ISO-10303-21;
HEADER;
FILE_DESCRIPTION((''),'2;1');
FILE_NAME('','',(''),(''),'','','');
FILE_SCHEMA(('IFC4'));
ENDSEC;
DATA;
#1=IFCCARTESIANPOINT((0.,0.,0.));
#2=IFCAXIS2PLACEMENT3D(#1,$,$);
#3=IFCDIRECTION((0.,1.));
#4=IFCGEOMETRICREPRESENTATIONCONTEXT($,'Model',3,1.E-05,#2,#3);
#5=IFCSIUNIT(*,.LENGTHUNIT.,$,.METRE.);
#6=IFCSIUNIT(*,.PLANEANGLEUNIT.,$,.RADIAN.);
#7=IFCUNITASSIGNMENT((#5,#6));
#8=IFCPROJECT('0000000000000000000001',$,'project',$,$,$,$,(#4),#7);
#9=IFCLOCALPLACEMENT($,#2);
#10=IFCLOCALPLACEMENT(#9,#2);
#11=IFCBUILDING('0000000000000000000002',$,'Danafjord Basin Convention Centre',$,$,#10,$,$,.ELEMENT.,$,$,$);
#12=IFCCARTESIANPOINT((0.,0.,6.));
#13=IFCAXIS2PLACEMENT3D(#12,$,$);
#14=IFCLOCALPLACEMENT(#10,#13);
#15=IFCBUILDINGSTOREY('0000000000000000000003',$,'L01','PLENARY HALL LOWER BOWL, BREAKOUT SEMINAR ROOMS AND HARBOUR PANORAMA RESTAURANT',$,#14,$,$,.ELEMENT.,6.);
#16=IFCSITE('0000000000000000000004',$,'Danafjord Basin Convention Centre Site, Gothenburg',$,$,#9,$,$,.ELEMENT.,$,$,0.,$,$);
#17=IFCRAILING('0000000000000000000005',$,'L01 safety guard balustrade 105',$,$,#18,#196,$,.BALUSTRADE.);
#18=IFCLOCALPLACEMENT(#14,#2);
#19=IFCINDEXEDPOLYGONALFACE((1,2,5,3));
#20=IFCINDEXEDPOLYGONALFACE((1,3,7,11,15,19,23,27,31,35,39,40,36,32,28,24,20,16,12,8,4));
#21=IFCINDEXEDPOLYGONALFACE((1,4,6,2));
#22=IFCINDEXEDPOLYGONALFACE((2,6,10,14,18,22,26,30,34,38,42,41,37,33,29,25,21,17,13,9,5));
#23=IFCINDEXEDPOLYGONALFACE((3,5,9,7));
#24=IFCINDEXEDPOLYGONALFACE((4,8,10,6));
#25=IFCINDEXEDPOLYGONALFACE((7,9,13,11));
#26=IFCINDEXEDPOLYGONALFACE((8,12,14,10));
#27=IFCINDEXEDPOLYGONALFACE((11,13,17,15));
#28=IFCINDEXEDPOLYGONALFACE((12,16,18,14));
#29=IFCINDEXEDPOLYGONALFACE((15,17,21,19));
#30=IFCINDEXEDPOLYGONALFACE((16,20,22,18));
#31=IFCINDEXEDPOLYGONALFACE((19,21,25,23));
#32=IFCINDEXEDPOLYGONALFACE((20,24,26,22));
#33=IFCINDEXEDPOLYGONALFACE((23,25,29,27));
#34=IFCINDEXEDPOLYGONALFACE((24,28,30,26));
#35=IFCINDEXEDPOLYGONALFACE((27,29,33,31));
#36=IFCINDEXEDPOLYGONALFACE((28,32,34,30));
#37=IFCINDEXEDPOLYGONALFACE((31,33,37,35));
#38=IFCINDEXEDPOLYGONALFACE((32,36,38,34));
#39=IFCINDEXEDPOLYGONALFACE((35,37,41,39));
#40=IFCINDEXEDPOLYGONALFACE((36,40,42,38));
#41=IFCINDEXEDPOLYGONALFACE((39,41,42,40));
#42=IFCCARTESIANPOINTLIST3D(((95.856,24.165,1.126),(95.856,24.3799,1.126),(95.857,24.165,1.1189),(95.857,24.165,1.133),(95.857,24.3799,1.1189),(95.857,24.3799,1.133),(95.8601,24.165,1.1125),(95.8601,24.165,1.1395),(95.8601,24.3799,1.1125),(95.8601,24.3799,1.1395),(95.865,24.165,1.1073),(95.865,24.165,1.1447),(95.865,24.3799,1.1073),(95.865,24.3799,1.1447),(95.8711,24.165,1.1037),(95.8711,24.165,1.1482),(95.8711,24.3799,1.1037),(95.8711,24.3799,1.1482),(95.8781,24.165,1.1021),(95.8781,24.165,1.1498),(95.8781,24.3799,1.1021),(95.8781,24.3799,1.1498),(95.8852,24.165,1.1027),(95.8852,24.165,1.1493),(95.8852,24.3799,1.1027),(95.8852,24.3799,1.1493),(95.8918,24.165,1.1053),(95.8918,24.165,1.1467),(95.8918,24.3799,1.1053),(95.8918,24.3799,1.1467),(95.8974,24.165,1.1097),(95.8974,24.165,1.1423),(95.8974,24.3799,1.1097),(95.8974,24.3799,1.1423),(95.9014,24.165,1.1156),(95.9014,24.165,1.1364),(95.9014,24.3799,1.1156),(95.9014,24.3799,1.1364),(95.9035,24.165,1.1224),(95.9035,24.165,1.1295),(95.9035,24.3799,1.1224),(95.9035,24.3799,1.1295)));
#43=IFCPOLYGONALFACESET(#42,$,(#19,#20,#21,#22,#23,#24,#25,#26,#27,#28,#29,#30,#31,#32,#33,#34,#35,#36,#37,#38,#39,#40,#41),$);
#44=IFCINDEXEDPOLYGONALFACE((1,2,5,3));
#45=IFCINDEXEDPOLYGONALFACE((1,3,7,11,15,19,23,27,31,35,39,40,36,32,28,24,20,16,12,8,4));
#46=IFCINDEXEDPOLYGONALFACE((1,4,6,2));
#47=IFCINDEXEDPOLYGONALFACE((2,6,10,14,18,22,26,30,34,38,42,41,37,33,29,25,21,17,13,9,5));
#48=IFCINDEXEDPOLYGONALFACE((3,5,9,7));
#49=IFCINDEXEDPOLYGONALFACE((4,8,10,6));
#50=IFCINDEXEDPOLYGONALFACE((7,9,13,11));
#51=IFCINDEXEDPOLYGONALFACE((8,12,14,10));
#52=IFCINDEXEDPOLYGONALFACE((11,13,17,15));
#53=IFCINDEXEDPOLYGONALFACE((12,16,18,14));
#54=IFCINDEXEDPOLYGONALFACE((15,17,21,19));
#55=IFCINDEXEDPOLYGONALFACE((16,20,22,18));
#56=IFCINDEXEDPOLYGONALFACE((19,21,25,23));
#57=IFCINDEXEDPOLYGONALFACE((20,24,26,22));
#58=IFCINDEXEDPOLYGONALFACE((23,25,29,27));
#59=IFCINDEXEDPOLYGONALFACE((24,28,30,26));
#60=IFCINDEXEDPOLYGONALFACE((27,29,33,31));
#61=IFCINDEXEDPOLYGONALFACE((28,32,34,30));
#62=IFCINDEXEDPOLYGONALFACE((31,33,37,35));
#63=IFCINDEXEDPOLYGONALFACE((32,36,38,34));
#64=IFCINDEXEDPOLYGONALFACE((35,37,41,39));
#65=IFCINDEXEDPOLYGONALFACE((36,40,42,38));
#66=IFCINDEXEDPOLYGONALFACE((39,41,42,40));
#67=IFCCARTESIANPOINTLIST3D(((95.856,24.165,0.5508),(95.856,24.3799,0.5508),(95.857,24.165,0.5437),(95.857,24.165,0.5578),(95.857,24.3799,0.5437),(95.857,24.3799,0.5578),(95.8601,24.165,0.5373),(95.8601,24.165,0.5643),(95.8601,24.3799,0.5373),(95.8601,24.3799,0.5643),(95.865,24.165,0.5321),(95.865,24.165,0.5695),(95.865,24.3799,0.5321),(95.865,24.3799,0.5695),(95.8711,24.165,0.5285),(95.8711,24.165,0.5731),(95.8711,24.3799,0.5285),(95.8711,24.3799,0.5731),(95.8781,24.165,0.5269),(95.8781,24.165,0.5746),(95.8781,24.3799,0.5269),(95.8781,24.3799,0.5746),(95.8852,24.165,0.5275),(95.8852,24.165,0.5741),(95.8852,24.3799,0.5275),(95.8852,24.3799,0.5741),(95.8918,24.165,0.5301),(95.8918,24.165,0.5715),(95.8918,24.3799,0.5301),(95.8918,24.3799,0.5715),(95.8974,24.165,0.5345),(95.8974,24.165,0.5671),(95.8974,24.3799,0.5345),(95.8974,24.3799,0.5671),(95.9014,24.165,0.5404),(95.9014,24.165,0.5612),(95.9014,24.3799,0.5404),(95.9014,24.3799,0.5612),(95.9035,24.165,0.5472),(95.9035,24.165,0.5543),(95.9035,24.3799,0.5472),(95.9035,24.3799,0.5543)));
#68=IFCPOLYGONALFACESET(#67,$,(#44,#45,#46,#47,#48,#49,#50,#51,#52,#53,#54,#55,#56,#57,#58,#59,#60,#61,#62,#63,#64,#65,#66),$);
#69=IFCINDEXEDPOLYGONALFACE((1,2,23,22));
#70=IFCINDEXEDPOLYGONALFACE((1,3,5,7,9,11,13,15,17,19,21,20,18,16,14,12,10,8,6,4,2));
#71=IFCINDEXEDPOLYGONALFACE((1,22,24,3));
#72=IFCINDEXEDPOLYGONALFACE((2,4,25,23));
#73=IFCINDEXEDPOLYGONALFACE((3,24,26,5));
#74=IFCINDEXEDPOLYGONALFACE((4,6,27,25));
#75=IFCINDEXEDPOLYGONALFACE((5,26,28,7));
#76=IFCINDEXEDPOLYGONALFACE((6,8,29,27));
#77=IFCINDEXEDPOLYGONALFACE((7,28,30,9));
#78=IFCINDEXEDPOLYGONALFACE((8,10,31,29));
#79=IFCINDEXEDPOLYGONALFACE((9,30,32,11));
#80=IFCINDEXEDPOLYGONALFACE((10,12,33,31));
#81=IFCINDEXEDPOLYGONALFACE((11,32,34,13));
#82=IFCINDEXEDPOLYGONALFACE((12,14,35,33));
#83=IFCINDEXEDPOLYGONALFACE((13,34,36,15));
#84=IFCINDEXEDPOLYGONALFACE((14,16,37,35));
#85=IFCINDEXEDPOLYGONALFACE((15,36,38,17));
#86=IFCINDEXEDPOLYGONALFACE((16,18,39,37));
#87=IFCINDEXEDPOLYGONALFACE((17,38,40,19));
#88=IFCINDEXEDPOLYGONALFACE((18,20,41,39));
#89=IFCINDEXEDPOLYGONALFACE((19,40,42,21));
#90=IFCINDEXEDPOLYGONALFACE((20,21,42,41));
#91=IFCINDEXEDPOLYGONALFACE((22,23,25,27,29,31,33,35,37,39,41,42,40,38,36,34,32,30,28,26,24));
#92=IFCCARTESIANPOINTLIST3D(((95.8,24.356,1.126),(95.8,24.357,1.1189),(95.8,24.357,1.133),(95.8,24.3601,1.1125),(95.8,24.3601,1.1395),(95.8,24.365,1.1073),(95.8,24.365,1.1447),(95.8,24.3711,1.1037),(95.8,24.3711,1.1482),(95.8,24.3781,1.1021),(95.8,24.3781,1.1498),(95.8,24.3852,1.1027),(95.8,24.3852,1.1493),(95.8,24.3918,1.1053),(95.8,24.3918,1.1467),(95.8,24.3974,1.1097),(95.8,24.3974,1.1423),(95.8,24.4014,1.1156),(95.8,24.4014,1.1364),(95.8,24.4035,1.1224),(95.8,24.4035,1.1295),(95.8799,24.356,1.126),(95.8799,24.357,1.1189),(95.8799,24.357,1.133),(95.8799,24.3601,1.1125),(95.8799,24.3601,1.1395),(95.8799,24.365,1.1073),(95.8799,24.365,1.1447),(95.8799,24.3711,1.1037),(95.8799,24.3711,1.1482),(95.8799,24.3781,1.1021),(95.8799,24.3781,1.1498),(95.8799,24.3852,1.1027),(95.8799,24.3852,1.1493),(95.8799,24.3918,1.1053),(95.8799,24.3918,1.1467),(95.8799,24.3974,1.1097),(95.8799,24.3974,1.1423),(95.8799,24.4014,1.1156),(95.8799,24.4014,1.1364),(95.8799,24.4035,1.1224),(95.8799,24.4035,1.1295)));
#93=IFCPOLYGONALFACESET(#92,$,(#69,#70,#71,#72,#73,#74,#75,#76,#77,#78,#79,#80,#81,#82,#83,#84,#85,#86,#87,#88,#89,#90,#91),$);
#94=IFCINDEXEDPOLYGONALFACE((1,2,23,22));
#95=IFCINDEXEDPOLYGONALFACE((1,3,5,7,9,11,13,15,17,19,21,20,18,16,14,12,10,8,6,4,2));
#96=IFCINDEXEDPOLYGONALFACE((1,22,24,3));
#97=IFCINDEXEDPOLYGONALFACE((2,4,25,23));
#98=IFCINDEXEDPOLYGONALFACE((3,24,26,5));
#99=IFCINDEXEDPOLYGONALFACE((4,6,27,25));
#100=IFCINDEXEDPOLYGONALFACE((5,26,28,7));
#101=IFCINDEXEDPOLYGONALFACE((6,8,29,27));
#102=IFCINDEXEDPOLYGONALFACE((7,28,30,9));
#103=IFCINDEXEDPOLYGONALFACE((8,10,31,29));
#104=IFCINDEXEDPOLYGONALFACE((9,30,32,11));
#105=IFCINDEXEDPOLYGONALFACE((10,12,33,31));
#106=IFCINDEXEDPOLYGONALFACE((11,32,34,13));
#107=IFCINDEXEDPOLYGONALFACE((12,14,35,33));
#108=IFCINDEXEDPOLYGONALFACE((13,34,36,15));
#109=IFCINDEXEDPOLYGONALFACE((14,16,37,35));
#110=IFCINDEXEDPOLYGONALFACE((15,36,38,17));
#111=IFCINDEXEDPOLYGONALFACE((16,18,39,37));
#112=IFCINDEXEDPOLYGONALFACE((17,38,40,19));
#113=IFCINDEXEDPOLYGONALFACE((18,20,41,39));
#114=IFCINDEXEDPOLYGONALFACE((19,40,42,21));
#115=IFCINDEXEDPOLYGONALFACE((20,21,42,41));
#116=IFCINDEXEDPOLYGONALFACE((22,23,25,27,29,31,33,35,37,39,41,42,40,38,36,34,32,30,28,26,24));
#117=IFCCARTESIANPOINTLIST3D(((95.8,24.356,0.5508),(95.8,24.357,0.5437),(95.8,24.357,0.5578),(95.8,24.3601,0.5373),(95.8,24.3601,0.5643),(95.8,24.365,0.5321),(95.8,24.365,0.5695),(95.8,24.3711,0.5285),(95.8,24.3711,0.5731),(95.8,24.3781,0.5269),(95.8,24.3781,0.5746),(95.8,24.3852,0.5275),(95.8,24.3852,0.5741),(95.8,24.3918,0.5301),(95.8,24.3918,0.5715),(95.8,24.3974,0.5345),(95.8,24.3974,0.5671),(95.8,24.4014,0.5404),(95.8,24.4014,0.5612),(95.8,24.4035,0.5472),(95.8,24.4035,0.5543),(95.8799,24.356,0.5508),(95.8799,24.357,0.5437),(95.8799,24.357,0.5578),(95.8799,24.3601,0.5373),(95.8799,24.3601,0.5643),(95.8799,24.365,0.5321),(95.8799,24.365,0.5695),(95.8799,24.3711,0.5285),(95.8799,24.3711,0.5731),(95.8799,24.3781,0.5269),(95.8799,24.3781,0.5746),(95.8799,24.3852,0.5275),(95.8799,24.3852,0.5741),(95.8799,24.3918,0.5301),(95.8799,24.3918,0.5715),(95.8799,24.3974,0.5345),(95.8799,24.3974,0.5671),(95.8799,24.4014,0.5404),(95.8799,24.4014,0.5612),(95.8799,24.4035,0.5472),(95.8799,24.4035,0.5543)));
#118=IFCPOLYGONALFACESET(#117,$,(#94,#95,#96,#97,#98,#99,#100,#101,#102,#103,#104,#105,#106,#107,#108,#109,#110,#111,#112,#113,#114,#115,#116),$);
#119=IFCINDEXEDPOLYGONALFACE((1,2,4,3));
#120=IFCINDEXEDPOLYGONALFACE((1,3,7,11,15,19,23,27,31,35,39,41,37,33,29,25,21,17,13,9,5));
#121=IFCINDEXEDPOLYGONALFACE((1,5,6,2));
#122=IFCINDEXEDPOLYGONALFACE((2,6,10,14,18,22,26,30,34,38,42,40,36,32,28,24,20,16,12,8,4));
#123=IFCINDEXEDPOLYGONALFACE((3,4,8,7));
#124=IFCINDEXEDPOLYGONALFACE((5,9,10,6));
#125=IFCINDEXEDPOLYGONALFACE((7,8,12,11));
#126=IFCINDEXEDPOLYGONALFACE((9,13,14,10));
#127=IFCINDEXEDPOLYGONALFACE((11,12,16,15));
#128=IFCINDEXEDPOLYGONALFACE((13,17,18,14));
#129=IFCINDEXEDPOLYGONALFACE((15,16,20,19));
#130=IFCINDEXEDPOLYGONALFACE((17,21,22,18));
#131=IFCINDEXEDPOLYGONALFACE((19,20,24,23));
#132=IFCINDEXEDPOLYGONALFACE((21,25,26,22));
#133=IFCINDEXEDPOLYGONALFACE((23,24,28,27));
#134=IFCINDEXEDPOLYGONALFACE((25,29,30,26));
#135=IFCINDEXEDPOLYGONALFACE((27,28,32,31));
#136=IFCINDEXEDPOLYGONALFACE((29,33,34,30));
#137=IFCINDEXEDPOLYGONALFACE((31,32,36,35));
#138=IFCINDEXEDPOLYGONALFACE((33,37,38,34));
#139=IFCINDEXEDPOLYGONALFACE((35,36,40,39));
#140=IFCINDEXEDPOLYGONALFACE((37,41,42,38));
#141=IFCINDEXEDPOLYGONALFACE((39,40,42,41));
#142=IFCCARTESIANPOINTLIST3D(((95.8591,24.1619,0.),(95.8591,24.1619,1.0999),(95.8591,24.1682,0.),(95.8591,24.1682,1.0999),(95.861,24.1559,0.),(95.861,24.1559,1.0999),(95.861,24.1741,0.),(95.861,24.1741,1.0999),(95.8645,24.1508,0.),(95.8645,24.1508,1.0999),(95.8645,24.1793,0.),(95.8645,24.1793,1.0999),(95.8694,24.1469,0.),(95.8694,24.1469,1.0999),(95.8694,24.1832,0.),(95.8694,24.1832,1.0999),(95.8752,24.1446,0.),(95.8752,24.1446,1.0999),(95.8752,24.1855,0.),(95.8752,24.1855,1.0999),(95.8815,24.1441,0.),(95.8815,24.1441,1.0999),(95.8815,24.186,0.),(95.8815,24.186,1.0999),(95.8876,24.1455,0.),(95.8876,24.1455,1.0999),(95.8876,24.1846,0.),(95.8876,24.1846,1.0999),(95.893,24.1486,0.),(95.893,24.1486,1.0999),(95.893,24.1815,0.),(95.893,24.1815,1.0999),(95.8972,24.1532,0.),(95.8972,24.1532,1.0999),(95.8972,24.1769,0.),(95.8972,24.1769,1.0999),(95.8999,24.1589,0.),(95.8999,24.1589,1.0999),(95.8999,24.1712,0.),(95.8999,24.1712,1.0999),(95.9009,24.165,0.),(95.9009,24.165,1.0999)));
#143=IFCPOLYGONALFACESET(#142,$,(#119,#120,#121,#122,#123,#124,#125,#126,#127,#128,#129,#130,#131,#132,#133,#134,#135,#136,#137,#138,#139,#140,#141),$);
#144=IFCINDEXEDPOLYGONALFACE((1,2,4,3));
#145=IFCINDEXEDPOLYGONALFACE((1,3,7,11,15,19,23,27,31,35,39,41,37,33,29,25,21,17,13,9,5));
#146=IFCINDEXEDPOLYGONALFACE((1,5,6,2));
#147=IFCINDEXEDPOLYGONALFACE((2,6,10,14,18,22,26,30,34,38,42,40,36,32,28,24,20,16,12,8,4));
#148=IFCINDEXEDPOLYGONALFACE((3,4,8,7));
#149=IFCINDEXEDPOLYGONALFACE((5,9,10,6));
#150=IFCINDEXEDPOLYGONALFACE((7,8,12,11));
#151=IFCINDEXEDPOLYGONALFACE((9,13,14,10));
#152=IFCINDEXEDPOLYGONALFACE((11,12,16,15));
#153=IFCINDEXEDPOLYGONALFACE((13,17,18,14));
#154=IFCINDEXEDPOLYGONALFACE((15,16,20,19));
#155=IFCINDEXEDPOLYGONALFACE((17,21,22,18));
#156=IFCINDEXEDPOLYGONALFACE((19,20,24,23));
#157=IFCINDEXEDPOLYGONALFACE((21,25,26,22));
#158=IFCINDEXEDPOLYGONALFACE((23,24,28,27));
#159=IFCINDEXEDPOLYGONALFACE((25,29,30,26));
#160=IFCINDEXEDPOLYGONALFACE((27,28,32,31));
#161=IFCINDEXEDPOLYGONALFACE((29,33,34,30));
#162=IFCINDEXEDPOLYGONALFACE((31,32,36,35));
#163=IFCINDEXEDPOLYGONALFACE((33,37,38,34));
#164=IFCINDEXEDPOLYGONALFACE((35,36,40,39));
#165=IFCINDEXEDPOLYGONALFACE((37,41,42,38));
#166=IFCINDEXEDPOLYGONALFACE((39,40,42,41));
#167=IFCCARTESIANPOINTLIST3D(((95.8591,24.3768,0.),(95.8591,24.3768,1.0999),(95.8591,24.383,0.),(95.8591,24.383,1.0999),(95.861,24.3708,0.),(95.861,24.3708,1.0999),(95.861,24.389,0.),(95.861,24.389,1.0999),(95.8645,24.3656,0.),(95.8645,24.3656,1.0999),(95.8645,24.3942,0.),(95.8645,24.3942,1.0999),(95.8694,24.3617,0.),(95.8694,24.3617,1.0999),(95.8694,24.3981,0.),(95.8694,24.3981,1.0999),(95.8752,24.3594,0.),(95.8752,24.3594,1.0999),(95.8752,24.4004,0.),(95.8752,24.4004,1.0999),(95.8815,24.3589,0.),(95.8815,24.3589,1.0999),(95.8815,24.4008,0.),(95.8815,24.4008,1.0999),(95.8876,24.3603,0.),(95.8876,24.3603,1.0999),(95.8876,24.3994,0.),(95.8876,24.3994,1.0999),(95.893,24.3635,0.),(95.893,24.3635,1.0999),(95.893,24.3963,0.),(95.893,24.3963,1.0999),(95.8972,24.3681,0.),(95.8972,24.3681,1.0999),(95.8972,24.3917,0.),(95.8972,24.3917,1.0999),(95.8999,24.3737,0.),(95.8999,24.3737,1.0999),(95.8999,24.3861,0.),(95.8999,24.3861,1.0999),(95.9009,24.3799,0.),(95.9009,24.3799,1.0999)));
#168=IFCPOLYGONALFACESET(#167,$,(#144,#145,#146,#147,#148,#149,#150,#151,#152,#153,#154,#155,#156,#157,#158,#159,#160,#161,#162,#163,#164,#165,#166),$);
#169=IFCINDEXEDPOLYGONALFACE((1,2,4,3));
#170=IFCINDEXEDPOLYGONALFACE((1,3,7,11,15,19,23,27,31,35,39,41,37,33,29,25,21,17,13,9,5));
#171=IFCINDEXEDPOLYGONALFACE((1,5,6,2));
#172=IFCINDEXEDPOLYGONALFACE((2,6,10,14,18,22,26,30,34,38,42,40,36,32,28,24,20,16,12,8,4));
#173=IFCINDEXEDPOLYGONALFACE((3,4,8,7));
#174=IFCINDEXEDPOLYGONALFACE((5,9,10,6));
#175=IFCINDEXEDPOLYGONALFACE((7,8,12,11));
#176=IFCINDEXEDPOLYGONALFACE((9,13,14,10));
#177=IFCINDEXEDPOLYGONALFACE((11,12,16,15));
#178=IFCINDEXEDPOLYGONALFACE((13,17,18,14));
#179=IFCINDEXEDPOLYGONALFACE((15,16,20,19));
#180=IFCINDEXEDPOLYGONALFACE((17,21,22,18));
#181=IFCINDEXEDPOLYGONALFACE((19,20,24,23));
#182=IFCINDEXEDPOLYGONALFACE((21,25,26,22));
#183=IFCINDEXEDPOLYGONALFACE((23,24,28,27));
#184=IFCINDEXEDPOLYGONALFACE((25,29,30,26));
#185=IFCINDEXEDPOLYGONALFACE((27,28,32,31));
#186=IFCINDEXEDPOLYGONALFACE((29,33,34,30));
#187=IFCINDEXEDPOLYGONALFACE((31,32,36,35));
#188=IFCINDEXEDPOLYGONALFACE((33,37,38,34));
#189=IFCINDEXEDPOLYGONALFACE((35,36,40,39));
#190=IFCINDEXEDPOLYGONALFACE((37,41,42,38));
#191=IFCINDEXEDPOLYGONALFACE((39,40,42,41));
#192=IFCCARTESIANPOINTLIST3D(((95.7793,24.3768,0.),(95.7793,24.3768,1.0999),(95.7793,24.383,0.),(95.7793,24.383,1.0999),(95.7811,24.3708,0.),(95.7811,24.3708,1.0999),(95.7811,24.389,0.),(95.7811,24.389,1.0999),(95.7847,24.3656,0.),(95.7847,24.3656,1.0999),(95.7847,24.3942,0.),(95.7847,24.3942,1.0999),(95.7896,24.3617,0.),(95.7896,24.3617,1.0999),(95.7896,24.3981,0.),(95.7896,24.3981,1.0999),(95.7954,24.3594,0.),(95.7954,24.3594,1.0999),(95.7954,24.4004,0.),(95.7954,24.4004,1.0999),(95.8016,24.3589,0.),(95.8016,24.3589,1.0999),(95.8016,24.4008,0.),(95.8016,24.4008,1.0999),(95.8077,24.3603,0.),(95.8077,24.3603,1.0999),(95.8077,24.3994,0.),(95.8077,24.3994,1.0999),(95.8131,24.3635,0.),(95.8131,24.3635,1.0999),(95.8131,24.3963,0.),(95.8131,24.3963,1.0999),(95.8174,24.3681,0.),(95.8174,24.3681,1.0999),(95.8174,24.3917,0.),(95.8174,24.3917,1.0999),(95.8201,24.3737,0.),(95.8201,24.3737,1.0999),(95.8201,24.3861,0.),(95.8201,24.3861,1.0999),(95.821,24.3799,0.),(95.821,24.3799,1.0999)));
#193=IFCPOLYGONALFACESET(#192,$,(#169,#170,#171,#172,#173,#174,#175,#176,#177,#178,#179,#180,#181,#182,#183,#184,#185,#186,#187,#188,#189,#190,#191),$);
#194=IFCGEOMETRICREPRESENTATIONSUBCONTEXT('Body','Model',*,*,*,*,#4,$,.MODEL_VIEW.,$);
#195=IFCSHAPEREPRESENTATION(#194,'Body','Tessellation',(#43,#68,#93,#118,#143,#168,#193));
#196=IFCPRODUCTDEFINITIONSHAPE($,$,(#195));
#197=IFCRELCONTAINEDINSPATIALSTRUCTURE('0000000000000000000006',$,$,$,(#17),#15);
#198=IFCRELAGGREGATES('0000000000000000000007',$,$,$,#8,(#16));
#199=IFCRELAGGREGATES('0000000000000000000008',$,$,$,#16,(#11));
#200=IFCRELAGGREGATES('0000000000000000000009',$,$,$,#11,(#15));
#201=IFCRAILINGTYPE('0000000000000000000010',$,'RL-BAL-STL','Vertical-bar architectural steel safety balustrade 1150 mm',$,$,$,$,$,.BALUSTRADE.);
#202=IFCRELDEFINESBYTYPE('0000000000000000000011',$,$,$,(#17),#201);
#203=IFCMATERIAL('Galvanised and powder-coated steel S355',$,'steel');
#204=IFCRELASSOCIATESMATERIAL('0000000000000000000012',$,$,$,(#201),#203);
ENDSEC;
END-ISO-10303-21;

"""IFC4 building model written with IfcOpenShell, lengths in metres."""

from ifc_helpers import new_model, si_unit, direction, frame, origin, origin_2d, place, context, subcontext, project, spatial, circle, extrude, material, type_object, element, save


model = new_model("IFC4")

# Units and contexts
model_context = context("Model", 3, precision=1e-05, world=origin(), true_north=direction((0.0, 1.0)))
body_context = subcontext(model_context, "Body", "Model", "MODEL_VIEW")
ifc_project = project(units=[si_unit("LENGTHUNIT", "METRE"), si_unit("PLANEANGLEUNIT", "RADIAN")], contexts=[model_context])

# Site, building, storey
site_placement = place(None, origin())
site = spatial("IfcSite", under=ifc_project, at=site_placement, Name="Danafjord Basin Convention Centre Site, Gothenburg", CompositionType="ELEMENT", RefElevation=0.0)
building_placement = place(site_placement, origin())
building = spatial("IfcBuilding", under=site, at=building_placement, Name="Danafjord Basin Convention Centre", CompositionType="ELEMENT")
storey_placement = place(building_placement, frame((0.0, 0.0, 6.0)))
storey = spatial("IfcBuildingStorey", under=building, at=storey_placement, Name="L01", Description="PLENARY HALL LOWER BOWL, BREAKOUT SEMINAR ROOMS AND HARBOUR PANORAMA RESTAURANT", CompositionType="ELEMENT", Elevation=6.0)

# Railing
ifc_material_1 = material(Name="Galvanised and powder-coated steel S355", Category="steel")
railing_type_1 = type_object("IfcRailingType", Name="RL-BAL-STL", Description="Vertical-bar architectural steel safety balustrade 1150 mm", PredefinedType="BALUSTRADE", material=ifc_material_1)
railing_1_placement = place(storey_placement, frame((95.8799, 24.165, 0.0)))
element("IfcRailing", 1, at=railing_1_placement, inside=storey, type_object=railing_type_1, Name="L01 safety guard balustrade 105", PredefinedType="BALUSTRADE", context=body_context, shape_type="SweptSolid", body=[
    extrude(circle(Radius=0.0239, at=origin_2d()), frame((0.0, 0.0, 1.126), z_axis=(0.0, 1.0, 0.0), x_axis=(-1.0, 0.0, 0.0)), (0.0, 0.0, 1.0), 0.2148),
    extrude(circle(Radius=0.0239, at=origin_2d()), frame((0.0, 0.0, 0.5508), z_axis=(0.0, 1.0, 0.0), x_axis=(-1.0, 0.0, 0.0)), (0.0, 0.0, 1.0), 0.2148),
    extrude(circle(Radius=0.0239, at=origin_2d()), frame((0.0, 0.2148, 1.126), z_axis=(-1.0, 0.0, 0.0), x_axis=(0.0, -1.0, 0.0)), (0.0, 0.0, 1.0), 0.0798),
    extrude(circle(Radius=0.0239, at=origin_2d()), frame((0.0, 0.2148, 0.5508), z_axis=(-1.0, 0.0, 0.0), x_axis=(0.0, -1.0, 0.0)), (0.0, 0.0, 1.0), 0.0798),
    extrude(circle(Radius=0.021, at=origin_2d()), origin(), (0.0, 0.0, 1.0), 1.0999),
    extrude(circle(Radius=0.021, at=origin_2d()), frame((0.0, 0.2148, 0.0)), (0.0, 0.0, 1.0), 1.0999),
    extrude(circle(Radius=0.021, at=origin_2d()), frame((-0.0798, 0.2148, 0.0)), (0.0, 0.0, 1.0), 1.0999),
])

save(model, "model.ifc")
